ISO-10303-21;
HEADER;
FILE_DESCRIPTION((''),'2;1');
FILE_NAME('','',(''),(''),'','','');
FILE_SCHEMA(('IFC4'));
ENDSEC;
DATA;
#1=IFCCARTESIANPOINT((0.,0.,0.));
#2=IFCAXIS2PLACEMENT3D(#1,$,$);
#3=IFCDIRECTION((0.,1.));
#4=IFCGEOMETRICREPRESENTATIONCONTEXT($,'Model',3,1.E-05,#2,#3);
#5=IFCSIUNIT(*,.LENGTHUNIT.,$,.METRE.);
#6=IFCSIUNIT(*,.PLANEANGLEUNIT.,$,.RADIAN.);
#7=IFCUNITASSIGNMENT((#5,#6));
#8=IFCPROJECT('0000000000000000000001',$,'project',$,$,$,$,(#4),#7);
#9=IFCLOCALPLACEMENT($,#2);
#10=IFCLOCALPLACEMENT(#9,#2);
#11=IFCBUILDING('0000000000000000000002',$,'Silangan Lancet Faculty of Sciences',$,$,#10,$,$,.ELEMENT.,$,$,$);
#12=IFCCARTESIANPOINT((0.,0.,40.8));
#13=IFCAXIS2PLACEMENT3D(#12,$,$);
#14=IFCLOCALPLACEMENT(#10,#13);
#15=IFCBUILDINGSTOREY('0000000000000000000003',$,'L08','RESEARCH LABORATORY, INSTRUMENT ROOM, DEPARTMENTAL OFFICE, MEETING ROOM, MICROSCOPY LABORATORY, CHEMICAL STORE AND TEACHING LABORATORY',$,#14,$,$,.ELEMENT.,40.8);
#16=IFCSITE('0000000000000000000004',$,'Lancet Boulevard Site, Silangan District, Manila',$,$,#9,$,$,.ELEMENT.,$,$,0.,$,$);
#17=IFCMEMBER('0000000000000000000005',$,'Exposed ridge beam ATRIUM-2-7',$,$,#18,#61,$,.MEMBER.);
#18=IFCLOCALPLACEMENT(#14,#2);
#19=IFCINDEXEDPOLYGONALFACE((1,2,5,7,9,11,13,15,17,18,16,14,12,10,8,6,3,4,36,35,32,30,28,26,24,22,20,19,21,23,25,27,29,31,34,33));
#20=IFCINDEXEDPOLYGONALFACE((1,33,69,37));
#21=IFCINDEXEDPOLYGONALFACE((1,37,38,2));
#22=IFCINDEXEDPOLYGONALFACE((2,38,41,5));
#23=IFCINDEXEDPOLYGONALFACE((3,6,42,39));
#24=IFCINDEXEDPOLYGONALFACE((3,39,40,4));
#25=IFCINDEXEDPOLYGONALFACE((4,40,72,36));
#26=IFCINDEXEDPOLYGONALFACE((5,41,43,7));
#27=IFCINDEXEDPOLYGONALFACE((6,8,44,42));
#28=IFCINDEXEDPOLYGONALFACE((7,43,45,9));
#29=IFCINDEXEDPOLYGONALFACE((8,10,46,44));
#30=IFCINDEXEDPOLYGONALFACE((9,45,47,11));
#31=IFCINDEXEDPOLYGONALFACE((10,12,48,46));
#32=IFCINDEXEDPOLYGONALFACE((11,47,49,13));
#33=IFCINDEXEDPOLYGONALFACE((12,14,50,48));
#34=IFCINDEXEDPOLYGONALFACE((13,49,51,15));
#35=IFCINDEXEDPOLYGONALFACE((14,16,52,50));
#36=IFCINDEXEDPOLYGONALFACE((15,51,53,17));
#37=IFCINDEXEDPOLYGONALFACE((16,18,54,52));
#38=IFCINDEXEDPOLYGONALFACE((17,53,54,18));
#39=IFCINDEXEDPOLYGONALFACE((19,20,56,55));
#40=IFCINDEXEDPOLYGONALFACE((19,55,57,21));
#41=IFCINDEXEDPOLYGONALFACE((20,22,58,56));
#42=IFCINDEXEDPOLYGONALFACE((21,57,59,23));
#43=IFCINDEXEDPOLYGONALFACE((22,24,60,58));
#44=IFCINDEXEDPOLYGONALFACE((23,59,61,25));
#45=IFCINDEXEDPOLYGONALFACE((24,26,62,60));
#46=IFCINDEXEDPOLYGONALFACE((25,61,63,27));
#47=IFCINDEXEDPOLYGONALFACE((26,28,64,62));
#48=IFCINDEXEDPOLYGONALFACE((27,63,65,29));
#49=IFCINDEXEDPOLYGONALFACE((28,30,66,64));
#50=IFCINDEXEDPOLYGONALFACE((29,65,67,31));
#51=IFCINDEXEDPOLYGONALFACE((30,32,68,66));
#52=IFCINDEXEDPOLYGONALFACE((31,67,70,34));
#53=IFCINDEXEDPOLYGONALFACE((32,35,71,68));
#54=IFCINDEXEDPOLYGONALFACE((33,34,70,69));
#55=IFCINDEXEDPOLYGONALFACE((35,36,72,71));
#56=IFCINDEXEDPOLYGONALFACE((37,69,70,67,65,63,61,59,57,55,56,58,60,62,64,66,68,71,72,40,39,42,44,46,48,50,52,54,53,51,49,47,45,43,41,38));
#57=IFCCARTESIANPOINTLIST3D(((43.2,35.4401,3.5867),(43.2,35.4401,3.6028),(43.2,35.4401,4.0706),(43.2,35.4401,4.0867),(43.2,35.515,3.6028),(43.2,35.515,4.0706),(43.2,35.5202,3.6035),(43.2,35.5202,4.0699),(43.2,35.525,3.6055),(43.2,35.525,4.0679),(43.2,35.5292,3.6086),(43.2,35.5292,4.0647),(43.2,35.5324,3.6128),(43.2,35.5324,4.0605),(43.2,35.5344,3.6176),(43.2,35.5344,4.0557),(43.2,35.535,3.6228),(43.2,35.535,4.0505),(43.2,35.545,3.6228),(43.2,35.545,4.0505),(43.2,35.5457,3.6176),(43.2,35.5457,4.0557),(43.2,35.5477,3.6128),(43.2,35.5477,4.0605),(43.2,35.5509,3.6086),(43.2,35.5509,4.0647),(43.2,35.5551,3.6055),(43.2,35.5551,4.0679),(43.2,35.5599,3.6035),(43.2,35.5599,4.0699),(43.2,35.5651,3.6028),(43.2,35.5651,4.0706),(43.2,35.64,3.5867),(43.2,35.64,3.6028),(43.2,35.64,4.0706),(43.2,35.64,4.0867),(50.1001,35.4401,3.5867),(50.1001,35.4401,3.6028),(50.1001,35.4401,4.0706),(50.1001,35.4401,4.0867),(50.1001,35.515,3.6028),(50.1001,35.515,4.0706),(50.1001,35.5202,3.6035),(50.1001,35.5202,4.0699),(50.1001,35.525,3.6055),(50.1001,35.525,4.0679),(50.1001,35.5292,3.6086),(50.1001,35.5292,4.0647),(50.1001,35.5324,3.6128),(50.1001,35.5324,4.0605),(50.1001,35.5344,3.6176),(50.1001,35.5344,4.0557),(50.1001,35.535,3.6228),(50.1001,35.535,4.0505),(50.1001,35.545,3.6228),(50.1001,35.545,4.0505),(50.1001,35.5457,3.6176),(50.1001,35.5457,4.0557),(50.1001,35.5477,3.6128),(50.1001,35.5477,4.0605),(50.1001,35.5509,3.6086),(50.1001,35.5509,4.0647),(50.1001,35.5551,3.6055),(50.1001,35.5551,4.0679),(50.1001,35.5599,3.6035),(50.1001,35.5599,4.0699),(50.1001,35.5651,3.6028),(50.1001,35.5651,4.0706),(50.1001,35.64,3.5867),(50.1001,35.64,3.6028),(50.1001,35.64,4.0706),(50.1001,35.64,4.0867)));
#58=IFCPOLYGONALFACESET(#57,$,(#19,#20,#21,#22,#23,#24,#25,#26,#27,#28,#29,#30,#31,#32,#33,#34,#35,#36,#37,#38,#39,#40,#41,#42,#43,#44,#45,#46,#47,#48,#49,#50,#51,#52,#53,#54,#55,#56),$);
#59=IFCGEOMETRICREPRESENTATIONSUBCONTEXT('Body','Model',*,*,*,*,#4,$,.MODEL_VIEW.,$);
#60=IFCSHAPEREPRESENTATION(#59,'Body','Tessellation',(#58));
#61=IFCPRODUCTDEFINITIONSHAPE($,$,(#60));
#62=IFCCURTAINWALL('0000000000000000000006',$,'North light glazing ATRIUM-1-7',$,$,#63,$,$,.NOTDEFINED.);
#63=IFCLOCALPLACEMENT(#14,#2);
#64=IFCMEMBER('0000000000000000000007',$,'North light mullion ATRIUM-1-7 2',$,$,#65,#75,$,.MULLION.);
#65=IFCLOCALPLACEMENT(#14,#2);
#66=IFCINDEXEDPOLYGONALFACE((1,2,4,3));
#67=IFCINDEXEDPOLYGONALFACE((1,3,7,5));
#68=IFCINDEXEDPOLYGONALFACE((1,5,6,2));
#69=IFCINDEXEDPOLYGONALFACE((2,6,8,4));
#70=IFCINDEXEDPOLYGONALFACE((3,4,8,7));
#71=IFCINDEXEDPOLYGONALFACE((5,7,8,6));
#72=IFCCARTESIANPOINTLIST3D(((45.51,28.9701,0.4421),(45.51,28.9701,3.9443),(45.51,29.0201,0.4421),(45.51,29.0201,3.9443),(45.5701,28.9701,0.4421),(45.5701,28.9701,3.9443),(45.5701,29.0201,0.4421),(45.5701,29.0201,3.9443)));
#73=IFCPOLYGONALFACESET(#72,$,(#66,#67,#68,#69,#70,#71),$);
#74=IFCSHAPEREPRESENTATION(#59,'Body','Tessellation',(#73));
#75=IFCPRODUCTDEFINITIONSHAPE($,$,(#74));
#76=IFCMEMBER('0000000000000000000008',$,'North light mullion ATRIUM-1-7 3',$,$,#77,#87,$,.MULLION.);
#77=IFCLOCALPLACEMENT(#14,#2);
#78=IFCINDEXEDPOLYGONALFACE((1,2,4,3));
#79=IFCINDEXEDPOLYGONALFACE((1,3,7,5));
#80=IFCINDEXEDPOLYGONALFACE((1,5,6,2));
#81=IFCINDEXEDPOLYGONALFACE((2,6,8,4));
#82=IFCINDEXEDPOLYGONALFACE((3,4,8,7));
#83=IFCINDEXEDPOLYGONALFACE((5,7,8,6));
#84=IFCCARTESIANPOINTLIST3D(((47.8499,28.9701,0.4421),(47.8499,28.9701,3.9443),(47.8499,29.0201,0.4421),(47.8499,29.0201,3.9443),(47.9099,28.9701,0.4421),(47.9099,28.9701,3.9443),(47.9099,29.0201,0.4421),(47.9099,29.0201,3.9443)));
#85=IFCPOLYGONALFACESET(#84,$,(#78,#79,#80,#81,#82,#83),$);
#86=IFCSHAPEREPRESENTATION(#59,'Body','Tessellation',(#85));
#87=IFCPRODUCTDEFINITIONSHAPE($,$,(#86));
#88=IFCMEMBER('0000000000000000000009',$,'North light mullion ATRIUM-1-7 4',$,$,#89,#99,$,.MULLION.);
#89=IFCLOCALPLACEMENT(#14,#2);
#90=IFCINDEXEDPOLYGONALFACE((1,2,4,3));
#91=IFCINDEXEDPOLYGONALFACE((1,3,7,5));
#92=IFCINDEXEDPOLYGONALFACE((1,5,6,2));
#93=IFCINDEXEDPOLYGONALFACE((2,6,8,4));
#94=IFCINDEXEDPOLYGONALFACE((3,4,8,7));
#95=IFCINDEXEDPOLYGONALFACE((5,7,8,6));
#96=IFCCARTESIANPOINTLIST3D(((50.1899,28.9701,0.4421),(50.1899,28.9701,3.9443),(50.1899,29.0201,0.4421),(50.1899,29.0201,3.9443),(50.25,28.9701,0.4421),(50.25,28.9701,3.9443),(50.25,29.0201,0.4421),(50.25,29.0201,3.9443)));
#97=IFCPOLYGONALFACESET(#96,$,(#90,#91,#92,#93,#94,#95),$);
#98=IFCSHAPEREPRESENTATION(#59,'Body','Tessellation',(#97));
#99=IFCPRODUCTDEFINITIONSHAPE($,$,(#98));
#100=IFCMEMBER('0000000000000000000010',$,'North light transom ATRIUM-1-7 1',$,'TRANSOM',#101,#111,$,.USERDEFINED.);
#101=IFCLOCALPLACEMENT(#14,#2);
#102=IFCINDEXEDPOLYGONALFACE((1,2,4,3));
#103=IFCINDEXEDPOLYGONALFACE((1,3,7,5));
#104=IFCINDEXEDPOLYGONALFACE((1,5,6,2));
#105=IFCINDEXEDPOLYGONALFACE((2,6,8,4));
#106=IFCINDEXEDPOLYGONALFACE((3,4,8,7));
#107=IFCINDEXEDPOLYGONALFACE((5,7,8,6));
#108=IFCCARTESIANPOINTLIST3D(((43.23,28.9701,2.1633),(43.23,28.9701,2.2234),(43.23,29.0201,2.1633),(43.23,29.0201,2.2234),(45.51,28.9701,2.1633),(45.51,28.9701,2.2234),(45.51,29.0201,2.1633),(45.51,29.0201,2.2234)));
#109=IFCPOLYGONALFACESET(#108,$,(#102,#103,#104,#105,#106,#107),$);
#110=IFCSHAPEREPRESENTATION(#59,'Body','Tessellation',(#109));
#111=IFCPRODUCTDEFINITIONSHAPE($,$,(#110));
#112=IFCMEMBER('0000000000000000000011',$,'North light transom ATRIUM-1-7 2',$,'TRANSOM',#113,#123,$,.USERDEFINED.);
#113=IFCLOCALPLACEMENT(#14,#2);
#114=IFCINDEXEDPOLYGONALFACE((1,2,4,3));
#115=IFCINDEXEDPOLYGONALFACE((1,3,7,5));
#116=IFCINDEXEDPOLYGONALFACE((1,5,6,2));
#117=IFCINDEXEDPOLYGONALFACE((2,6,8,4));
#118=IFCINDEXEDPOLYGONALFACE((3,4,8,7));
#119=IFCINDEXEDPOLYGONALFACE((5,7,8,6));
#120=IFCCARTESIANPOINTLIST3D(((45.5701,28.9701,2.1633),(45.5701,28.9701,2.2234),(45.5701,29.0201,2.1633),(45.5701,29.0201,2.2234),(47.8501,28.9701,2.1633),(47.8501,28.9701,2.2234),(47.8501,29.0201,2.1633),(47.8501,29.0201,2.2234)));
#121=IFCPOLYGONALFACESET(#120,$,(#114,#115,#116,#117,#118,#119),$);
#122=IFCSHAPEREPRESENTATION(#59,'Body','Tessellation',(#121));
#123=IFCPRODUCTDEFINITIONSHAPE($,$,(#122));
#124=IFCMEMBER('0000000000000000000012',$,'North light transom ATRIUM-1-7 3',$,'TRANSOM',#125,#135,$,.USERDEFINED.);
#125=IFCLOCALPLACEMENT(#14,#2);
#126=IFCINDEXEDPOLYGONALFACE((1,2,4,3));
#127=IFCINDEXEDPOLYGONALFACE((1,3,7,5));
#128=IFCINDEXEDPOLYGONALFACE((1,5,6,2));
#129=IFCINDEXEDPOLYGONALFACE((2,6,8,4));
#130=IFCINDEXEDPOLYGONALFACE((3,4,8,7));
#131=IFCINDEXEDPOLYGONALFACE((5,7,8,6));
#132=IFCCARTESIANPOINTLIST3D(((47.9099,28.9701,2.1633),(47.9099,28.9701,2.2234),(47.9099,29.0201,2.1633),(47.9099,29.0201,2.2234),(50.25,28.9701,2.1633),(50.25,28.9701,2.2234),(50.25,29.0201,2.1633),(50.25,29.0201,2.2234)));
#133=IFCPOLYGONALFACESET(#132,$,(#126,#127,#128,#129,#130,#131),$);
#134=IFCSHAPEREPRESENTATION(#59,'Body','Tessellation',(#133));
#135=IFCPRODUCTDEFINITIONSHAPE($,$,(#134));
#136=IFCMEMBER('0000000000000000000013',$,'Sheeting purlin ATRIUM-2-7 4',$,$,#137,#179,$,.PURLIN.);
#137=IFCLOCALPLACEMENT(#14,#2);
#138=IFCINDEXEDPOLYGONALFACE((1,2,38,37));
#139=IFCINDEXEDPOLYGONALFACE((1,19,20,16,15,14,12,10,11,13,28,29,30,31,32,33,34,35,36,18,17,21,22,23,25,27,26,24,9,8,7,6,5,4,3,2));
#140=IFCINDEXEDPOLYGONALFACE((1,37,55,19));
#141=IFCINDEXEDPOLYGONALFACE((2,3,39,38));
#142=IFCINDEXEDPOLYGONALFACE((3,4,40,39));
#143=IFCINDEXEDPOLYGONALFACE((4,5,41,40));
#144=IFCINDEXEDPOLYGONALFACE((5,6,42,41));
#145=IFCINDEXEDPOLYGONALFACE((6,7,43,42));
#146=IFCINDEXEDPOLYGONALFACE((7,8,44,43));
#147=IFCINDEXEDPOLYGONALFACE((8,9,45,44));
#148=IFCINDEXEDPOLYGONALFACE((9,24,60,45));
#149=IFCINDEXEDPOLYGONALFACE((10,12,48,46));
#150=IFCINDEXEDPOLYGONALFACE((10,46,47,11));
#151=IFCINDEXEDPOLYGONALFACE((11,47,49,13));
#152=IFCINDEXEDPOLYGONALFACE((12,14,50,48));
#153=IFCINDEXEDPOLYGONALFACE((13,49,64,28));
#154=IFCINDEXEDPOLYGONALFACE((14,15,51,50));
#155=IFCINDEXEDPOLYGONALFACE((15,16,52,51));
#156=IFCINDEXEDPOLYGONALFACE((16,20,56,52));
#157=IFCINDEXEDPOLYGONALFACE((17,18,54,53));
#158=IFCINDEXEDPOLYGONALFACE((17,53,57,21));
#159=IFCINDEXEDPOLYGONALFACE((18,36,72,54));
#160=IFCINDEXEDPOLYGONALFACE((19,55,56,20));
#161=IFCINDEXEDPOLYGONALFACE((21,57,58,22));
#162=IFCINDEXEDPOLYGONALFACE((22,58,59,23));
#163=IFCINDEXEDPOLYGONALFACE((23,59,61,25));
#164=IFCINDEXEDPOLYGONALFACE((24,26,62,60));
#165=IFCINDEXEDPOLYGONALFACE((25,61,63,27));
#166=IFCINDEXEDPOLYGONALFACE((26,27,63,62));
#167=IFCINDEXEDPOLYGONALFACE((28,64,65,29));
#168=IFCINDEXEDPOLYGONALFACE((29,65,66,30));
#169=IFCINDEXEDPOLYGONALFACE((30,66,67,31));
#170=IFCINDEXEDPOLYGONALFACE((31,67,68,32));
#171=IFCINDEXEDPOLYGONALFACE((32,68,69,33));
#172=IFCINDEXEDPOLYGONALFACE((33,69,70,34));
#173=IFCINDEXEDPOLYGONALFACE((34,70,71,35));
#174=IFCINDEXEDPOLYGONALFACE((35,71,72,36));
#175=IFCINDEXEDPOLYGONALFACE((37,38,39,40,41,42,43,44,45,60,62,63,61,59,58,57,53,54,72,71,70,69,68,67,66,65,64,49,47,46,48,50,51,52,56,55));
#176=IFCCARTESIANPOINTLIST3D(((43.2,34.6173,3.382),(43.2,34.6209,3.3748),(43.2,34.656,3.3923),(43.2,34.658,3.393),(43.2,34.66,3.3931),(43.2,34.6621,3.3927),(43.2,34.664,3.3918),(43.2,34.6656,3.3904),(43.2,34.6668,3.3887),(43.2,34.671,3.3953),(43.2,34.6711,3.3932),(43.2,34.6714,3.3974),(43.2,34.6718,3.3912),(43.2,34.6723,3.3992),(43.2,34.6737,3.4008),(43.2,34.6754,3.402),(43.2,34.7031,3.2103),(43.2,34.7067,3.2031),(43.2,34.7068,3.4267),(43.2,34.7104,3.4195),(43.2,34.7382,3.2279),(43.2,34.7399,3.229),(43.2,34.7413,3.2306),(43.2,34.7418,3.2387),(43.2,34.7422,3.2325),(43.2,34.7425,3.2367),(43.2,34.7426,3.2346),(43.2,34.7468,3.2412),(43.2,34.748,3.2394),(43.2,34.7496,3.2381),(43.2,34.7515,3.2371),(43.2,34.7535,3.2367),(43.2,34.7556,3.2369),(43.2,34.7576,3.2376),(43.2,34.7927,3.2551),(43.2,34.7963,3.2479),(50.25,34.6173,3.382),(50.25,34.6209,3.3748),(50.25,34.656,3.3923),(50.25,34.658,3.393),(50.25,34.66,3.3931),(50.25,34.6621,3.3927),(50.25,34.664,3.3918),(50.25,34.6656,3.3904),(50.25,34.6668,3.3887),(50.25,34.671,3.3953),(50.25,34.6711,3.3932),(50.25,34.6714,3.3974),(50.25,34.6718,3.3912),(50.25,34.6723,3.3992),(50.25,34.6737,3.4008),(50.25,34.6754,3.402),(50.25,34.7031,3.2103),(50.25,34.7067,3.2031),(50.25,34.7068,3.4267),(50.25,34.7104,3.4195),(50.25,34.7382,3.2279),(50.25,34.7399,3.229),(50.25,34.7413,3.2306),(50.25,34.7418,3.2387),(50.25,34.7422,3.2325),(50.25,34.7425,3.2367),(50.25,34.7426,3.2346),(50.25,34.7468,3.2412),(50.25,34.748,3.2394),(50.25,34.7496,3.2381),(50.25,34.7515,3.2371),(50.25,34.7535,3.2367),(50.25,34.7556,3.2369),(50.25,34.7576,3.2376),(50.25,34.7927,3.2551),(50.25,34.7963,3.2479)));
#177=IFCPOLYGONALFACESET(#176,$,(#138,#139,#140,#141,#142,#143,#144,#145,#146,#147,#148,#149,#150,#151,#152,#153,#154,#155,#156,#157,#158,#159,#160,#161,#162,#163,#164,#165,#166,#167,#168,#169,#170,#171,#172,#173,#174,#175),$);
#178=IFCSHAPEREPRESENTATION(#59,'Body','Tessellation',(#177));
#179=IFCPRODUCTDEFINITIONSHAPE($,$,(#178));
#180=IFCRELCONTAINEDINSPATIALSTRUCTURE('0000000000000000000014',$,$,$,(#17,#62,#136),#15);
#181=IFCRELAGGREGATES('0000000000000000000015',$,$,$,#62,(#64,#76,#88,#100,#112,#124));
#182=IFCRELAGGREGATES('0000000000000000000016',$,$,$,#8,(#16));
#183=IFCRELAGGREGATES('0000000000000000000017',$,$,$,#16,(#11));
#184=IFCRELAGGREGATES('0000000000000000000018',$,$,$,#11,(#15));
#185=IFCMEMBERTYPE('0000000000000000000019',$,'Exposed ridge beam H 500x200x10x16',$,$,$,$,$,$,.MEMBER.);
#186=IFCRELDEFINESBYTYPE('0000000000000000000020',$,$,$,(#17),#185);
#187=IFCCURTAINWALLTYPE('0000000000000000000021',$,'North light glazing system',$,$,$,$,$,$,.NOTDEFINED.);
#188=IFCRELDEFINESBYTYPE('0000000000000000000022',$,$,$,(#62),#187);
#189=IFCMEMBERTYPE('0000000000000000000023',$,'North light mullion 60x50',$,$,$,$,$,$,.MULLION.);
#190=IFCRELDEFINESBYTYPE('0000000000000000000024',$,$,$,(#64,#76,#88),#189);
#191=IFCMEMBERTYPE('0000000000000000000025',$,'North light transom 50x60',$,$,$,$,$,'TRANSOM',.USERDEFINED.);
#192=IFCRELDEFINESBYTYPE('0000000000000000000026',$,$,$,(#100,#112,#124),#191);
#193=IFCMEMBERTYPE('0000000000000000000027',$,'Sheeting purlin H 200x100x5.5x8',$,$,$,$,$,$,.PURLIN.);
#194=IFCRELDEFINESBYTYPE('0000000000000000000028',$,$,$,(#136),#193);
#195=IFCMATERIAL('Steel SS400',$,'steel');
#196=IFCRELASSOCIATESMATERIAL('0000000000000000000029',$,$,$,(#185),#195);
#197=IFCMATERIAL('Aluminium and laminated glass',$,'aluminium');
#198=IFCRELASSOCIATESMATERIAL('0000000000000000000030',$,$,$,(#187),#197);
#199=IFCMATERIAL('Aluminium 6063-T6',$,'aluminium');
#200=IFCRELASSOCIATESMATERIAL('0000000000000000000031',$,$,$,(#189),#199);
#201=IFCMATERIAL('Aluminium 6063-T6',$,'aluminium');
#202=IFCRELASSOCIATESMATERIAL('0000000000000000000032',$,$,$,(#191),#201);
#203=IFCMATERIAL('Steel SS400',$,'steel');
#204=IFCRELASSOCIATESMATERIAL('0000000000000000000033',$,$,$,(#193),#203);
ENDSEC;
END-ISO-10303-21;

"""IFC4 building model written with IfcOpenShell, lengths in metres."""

from ifc_helpers import new_model, si_unit, direction, frame, origin, origin_2d, place, context, subcontext, project, spatial, rectangle, i_section, extrude, material, material_profile, profile_set, type_object, element, aggregate, save


model = new_model("IFC4")

# Units and contexts
model_context = context("Model", 3, precision=1e-05, world=origin(), true_north=direction((0.0, 1.0)))
body_context = subcontext(model_context, "Body", "Model", "MODEL_VIEW")
ifc_project = project(units=[si_unit("LENGTHUNIT", "METRE"), si_unit("PLANEANGLEUNIT", "RADIAN")], contexts=[model_context])

# Site, building, storey
site_placement = place(None, origin())
site = spatial("IfcSite", under=ifc_project, at=site_placement, Name="Lancet Boulevard Site, Silangan District, Manila", CompositionType="ELEMENT", RefElevation=0.0)
building_placement = place(site_placement, origin())
building = spatial("IfcBuilding", under=site, at=building_placement, Name="Silangan Lancet Faculty of Sciences", CompositionType="ELEMENT")
storey_placement = place(building_placement, frame((0.0, 0.0, 40.8)))
storey = spatial("IfcBuildingStorey", under=building, at=storey_placement, Name="L08", Description="RESEARCH LABORATORY, INSTRUMENT ROOM, DEPARTMENTAL OFFICE, MEETING ROOM, MICROSCOPY LABORATORY, CHEMICAL STORE AND TEACHING LABORATORY", CompositionType="ELEMENT", Elevation=40.8)

# Member
ifc_material_1 = material(Name="Steel SS400", Category="steel")
ifc_material_profile_1 = material_profile(ifc_material_1, i_section(OverallWidth=0.2, OverallDepth=0.5, WebThickness=0.01, FlangeThickness=0.0161, FilletRadius=0.02, at=origin_2d()), Name="H 500x200x10x16")
ifc_profile_set_1 = profile_set([ifc_material_profile_1], Name="Steel SS400")
member_type_1 = type_object("IfcMemberType", Name="Exposed ridge beam H 500x200x10x16", PredefinedType="MEMBER", material=ifc_profile_set_1)
member_1_placement = place(storey_placement, frame((43.2, 35.54, 3.8367), z_axis=(1.0, 0.0, 0.0), x_axis=(0.0, 1.0, 0.0)))
element("IfcMember", 1, at=member_1_placement, inside=storey, type_object=member_type_1, Name="Exposed ridge beam ATRIUM-2-7", PredefinedType="MEMBER", context=body_context, shape_type="SweptSolid", body=[
    extrude(i_section(OverallWidth=0.2, OverallDepth=0.5, WebThickness=0.01, FlangeThickness=0.0161, FilletRadius=0.02, at=origin_2d()), origin(), (0.0, 0.0, 1.0), 6.9001),
])

# Curtain wall, members
ifc_material_2 = material(Name="Aluminium and laminated glass", Category="aluminium")
curtain_wall_type = type_object("IfcCurtainWallType", Name="North light glazing system", PredefinedType="NOTDEFINED", material=ifc_material_2)
curtain_wall_placement = place(storey_placement, origin())
curtain_wall = element("IfcCurtainWall", 2, at=curtain_wall_placement, inside=storey, type_object=curtain_wall_type, Name="North light glazing ATRIUM-1-7", PredefinedType="NOTDEFINED")
ifc_material_3 = material(Name="Aluminium 6063-T6", Category="aluminium")
ifc_material_profile_2 = material_profile(ifc_material_3, rectangle(XDim=0.0601, YDim=0.05, at=origin_2d()), Name="AL 60x50")
ifc_profile_set_2 = profile_set([ifc_material_profile_2], Name="Aluminium 6063-T6")
member_type_2 = type_object("IfcMemberType", Name="North light mullion 60x50", PredefinedType="MULLION", material=ifc_profile_set_2)
member_2_placement = place(storey_placement, frame((45.54, 28.9951, 0.4421), z_axis=(0.0, 0.0, 1.0), x_axis=(1.0, 0.0, 0.0)))
member_2 = element("IfcMember", 3, at=member_2_placement, type_object=member_type_2, Name="North light mullion ATRIUM-1-7 2", PredefinedType="MULLION", context=body_context, shape_type="SweptSolid", body=[
    extrude(rectangle(XDim=0.0601, YDim=0.05, at=origin_2d()), origin(), (0.0, 0.0, 1.0), 3.5022),
])
member_3_placement = place(storey_placement, frame((47.8799, 28.9951, 0.4421), z_axis=(0.0, 0.0, 1.0), x_axis=(1.0, 0.0, 0.0)))
member_3 = element("IfcMember", 4, at=member_3_placement, type_object=member_type_2, Name="North light mullion ATRIUM-1-7 3", PredefinedType="MULLION", context=body_context, shape_type="SweptSolid", body=[
    extrude(rectangle(XDim=0.0601, YDim=0.05, at=origin_2d()), origin(), (0.0, 0.0, 1.0), 3.5022),
])
member_4_placement = place(storey_placement, frame((50.22, 28.9951, 0.4421), z_axis=(0.0, 0.0, 1.0), x_axis=(1.0, 0.0, 0.0)))
member_4 = element("IfcMember", 5, at=member_4_placement, type_object=member_type_2, Name="North light mullion ATRIUM-1-7 4", PredefinedType="MULLION", context=body_context, shape_type="SweptSolid", body=[
    extrude(rectangle(XDim=0.0601, YDim=0.05, at=origin_2d()), origin(), (0.0, 0.0, 1.0), 3.5022),
])
ifc_material_4 = material(Name="Aluminium 6063-T6", Category="aluminium")
ifc_material_profile_3 = material_profile(ifc_material_4, rectangle(XDim=0.05, YDim=0.0601, at=origin_2d()), Name="AL 50x60")
ifc_profile_set_3 = profile_set([ifc_material_profile_3], Name="Aluminium 6063-T6")
member_type_3 = type_object("IfcMemberType", Name="North light transom 50x60", ElementType="TRANSOM", PredefinedType="USERDEFINED", material=ifc_profile_set_3)
member_5_placement = place(storey_placement, frame((43.23, 28.9951, 2.1934), z_axis=(1.0, 0.0, 0.0), x_axis=(0.0, 1.0, 0.0)))
member_5 = element("IfcMember", 6, at=member_5_placement, type_object=member_type_3, Name="North light transom ATRIUM-1-7 1", ObjectType="TRANSOM", PredefinedType="USERDEFINED", context=body_context, shape_type="SweptSolid", body=[
    extrude(rectangle(XDim=0.05, YDim=0.0601, at=origin_2d()), origin(), (0.0, 0.0, 1.0), 2.28),
])
member_6_placement = place(storey_placement, frame((45.5701, 28.9951, 2.1934), z_axis=(1.0, 0.0, 0.0), x_axis=(0.0, 1.0, 0.0)))
member_6 = element("IfcMember", 7, at=member_6_placement, type_object=member_type_3, Name="North light transom ATRIUM-1-7 2", ObjectType="TRANSOM", PredefinedType="USERDEFINED", context=body_context, shape_type="SweptSolid", body=[
    extrude(rectangle(XDim=0.05, YDim=0.0601, at=origin_2d()), origin(), (0.0, 0.0, 1.0), 2.28),
])
member_7_placement = place(storey_placement, frame((47.9099, 28.9951, 2.1934), z_axis=(1.0, 0.0, 0.0), x_axis=(0.0, 1.0, 0.0)))
member_7 = element("IfcMember", 8, at=member_7_placement, type_object=member_type_3, Name="North light transom ATRIUM-1-7 3", ObjectType="TRANSOM", PredefinedType="USERDEFINED", context=body_context, shape_type="SweptSolid", body=[
    extrude(rectangle(XDim=0.05, YDim=0.0601, at=origin_2d()), origin(), (0.0, 0.0, 1.0), 2.3401),
])

# Member
ifc_material_5 = material(Name="Steel SS400", Category="steel")
ifc_material_profile_4 = material_profile(ifc_material_5, i_section(OverallWidth=0.1001, OverallDepth=0.2, WebThickness=0.0056, FlangeThickness=0.0081, FilletRadius=0.0081, at=origin_2d()), Name="H 200x100x5.5x8")
ifc_profile_set_4 = profile_set([ifc_material_profile_4], Name="Steel SS400")
member_type_4 = type_object("IfcMemberType", Name="Sheeting purlin H 200x100x5.5x8", PredefinedType="PURLIN", material=ifc_profile_set_4)
for number, where, z_axis, x_axis, name in (
    (9, (43.2, 34.7068, 3.3149), (1.0, 0.0, 0.0), (0.0, 0.894427, 0.447214), "Sheeting purlin ATRIUM-2-7 4"),
):
    element("IfcMember", number, at=place(storey_placement, frame(where, z_axis=z_axis, x_axis=x_axis)), inside=storey, type_object=member_type_4, Name=name, PredefinedType="PURLIN", context=body_context, shape_type="SweptSolid", body=[
        extrude(i_section(OverallWidth=0.1001, OverallDepth=0.2, WebThickness=0.0056, FlangeThickness=0.0081, FilletRadius=0.0081, at=origin_2d()), origin(), (0.0, 0.0, 1.0), 7.05),
    ])

aggregate(curtain_wall, [member_2, member_3, member_4, member_5, member_6, member_7])

save(model, "model.ifc")
